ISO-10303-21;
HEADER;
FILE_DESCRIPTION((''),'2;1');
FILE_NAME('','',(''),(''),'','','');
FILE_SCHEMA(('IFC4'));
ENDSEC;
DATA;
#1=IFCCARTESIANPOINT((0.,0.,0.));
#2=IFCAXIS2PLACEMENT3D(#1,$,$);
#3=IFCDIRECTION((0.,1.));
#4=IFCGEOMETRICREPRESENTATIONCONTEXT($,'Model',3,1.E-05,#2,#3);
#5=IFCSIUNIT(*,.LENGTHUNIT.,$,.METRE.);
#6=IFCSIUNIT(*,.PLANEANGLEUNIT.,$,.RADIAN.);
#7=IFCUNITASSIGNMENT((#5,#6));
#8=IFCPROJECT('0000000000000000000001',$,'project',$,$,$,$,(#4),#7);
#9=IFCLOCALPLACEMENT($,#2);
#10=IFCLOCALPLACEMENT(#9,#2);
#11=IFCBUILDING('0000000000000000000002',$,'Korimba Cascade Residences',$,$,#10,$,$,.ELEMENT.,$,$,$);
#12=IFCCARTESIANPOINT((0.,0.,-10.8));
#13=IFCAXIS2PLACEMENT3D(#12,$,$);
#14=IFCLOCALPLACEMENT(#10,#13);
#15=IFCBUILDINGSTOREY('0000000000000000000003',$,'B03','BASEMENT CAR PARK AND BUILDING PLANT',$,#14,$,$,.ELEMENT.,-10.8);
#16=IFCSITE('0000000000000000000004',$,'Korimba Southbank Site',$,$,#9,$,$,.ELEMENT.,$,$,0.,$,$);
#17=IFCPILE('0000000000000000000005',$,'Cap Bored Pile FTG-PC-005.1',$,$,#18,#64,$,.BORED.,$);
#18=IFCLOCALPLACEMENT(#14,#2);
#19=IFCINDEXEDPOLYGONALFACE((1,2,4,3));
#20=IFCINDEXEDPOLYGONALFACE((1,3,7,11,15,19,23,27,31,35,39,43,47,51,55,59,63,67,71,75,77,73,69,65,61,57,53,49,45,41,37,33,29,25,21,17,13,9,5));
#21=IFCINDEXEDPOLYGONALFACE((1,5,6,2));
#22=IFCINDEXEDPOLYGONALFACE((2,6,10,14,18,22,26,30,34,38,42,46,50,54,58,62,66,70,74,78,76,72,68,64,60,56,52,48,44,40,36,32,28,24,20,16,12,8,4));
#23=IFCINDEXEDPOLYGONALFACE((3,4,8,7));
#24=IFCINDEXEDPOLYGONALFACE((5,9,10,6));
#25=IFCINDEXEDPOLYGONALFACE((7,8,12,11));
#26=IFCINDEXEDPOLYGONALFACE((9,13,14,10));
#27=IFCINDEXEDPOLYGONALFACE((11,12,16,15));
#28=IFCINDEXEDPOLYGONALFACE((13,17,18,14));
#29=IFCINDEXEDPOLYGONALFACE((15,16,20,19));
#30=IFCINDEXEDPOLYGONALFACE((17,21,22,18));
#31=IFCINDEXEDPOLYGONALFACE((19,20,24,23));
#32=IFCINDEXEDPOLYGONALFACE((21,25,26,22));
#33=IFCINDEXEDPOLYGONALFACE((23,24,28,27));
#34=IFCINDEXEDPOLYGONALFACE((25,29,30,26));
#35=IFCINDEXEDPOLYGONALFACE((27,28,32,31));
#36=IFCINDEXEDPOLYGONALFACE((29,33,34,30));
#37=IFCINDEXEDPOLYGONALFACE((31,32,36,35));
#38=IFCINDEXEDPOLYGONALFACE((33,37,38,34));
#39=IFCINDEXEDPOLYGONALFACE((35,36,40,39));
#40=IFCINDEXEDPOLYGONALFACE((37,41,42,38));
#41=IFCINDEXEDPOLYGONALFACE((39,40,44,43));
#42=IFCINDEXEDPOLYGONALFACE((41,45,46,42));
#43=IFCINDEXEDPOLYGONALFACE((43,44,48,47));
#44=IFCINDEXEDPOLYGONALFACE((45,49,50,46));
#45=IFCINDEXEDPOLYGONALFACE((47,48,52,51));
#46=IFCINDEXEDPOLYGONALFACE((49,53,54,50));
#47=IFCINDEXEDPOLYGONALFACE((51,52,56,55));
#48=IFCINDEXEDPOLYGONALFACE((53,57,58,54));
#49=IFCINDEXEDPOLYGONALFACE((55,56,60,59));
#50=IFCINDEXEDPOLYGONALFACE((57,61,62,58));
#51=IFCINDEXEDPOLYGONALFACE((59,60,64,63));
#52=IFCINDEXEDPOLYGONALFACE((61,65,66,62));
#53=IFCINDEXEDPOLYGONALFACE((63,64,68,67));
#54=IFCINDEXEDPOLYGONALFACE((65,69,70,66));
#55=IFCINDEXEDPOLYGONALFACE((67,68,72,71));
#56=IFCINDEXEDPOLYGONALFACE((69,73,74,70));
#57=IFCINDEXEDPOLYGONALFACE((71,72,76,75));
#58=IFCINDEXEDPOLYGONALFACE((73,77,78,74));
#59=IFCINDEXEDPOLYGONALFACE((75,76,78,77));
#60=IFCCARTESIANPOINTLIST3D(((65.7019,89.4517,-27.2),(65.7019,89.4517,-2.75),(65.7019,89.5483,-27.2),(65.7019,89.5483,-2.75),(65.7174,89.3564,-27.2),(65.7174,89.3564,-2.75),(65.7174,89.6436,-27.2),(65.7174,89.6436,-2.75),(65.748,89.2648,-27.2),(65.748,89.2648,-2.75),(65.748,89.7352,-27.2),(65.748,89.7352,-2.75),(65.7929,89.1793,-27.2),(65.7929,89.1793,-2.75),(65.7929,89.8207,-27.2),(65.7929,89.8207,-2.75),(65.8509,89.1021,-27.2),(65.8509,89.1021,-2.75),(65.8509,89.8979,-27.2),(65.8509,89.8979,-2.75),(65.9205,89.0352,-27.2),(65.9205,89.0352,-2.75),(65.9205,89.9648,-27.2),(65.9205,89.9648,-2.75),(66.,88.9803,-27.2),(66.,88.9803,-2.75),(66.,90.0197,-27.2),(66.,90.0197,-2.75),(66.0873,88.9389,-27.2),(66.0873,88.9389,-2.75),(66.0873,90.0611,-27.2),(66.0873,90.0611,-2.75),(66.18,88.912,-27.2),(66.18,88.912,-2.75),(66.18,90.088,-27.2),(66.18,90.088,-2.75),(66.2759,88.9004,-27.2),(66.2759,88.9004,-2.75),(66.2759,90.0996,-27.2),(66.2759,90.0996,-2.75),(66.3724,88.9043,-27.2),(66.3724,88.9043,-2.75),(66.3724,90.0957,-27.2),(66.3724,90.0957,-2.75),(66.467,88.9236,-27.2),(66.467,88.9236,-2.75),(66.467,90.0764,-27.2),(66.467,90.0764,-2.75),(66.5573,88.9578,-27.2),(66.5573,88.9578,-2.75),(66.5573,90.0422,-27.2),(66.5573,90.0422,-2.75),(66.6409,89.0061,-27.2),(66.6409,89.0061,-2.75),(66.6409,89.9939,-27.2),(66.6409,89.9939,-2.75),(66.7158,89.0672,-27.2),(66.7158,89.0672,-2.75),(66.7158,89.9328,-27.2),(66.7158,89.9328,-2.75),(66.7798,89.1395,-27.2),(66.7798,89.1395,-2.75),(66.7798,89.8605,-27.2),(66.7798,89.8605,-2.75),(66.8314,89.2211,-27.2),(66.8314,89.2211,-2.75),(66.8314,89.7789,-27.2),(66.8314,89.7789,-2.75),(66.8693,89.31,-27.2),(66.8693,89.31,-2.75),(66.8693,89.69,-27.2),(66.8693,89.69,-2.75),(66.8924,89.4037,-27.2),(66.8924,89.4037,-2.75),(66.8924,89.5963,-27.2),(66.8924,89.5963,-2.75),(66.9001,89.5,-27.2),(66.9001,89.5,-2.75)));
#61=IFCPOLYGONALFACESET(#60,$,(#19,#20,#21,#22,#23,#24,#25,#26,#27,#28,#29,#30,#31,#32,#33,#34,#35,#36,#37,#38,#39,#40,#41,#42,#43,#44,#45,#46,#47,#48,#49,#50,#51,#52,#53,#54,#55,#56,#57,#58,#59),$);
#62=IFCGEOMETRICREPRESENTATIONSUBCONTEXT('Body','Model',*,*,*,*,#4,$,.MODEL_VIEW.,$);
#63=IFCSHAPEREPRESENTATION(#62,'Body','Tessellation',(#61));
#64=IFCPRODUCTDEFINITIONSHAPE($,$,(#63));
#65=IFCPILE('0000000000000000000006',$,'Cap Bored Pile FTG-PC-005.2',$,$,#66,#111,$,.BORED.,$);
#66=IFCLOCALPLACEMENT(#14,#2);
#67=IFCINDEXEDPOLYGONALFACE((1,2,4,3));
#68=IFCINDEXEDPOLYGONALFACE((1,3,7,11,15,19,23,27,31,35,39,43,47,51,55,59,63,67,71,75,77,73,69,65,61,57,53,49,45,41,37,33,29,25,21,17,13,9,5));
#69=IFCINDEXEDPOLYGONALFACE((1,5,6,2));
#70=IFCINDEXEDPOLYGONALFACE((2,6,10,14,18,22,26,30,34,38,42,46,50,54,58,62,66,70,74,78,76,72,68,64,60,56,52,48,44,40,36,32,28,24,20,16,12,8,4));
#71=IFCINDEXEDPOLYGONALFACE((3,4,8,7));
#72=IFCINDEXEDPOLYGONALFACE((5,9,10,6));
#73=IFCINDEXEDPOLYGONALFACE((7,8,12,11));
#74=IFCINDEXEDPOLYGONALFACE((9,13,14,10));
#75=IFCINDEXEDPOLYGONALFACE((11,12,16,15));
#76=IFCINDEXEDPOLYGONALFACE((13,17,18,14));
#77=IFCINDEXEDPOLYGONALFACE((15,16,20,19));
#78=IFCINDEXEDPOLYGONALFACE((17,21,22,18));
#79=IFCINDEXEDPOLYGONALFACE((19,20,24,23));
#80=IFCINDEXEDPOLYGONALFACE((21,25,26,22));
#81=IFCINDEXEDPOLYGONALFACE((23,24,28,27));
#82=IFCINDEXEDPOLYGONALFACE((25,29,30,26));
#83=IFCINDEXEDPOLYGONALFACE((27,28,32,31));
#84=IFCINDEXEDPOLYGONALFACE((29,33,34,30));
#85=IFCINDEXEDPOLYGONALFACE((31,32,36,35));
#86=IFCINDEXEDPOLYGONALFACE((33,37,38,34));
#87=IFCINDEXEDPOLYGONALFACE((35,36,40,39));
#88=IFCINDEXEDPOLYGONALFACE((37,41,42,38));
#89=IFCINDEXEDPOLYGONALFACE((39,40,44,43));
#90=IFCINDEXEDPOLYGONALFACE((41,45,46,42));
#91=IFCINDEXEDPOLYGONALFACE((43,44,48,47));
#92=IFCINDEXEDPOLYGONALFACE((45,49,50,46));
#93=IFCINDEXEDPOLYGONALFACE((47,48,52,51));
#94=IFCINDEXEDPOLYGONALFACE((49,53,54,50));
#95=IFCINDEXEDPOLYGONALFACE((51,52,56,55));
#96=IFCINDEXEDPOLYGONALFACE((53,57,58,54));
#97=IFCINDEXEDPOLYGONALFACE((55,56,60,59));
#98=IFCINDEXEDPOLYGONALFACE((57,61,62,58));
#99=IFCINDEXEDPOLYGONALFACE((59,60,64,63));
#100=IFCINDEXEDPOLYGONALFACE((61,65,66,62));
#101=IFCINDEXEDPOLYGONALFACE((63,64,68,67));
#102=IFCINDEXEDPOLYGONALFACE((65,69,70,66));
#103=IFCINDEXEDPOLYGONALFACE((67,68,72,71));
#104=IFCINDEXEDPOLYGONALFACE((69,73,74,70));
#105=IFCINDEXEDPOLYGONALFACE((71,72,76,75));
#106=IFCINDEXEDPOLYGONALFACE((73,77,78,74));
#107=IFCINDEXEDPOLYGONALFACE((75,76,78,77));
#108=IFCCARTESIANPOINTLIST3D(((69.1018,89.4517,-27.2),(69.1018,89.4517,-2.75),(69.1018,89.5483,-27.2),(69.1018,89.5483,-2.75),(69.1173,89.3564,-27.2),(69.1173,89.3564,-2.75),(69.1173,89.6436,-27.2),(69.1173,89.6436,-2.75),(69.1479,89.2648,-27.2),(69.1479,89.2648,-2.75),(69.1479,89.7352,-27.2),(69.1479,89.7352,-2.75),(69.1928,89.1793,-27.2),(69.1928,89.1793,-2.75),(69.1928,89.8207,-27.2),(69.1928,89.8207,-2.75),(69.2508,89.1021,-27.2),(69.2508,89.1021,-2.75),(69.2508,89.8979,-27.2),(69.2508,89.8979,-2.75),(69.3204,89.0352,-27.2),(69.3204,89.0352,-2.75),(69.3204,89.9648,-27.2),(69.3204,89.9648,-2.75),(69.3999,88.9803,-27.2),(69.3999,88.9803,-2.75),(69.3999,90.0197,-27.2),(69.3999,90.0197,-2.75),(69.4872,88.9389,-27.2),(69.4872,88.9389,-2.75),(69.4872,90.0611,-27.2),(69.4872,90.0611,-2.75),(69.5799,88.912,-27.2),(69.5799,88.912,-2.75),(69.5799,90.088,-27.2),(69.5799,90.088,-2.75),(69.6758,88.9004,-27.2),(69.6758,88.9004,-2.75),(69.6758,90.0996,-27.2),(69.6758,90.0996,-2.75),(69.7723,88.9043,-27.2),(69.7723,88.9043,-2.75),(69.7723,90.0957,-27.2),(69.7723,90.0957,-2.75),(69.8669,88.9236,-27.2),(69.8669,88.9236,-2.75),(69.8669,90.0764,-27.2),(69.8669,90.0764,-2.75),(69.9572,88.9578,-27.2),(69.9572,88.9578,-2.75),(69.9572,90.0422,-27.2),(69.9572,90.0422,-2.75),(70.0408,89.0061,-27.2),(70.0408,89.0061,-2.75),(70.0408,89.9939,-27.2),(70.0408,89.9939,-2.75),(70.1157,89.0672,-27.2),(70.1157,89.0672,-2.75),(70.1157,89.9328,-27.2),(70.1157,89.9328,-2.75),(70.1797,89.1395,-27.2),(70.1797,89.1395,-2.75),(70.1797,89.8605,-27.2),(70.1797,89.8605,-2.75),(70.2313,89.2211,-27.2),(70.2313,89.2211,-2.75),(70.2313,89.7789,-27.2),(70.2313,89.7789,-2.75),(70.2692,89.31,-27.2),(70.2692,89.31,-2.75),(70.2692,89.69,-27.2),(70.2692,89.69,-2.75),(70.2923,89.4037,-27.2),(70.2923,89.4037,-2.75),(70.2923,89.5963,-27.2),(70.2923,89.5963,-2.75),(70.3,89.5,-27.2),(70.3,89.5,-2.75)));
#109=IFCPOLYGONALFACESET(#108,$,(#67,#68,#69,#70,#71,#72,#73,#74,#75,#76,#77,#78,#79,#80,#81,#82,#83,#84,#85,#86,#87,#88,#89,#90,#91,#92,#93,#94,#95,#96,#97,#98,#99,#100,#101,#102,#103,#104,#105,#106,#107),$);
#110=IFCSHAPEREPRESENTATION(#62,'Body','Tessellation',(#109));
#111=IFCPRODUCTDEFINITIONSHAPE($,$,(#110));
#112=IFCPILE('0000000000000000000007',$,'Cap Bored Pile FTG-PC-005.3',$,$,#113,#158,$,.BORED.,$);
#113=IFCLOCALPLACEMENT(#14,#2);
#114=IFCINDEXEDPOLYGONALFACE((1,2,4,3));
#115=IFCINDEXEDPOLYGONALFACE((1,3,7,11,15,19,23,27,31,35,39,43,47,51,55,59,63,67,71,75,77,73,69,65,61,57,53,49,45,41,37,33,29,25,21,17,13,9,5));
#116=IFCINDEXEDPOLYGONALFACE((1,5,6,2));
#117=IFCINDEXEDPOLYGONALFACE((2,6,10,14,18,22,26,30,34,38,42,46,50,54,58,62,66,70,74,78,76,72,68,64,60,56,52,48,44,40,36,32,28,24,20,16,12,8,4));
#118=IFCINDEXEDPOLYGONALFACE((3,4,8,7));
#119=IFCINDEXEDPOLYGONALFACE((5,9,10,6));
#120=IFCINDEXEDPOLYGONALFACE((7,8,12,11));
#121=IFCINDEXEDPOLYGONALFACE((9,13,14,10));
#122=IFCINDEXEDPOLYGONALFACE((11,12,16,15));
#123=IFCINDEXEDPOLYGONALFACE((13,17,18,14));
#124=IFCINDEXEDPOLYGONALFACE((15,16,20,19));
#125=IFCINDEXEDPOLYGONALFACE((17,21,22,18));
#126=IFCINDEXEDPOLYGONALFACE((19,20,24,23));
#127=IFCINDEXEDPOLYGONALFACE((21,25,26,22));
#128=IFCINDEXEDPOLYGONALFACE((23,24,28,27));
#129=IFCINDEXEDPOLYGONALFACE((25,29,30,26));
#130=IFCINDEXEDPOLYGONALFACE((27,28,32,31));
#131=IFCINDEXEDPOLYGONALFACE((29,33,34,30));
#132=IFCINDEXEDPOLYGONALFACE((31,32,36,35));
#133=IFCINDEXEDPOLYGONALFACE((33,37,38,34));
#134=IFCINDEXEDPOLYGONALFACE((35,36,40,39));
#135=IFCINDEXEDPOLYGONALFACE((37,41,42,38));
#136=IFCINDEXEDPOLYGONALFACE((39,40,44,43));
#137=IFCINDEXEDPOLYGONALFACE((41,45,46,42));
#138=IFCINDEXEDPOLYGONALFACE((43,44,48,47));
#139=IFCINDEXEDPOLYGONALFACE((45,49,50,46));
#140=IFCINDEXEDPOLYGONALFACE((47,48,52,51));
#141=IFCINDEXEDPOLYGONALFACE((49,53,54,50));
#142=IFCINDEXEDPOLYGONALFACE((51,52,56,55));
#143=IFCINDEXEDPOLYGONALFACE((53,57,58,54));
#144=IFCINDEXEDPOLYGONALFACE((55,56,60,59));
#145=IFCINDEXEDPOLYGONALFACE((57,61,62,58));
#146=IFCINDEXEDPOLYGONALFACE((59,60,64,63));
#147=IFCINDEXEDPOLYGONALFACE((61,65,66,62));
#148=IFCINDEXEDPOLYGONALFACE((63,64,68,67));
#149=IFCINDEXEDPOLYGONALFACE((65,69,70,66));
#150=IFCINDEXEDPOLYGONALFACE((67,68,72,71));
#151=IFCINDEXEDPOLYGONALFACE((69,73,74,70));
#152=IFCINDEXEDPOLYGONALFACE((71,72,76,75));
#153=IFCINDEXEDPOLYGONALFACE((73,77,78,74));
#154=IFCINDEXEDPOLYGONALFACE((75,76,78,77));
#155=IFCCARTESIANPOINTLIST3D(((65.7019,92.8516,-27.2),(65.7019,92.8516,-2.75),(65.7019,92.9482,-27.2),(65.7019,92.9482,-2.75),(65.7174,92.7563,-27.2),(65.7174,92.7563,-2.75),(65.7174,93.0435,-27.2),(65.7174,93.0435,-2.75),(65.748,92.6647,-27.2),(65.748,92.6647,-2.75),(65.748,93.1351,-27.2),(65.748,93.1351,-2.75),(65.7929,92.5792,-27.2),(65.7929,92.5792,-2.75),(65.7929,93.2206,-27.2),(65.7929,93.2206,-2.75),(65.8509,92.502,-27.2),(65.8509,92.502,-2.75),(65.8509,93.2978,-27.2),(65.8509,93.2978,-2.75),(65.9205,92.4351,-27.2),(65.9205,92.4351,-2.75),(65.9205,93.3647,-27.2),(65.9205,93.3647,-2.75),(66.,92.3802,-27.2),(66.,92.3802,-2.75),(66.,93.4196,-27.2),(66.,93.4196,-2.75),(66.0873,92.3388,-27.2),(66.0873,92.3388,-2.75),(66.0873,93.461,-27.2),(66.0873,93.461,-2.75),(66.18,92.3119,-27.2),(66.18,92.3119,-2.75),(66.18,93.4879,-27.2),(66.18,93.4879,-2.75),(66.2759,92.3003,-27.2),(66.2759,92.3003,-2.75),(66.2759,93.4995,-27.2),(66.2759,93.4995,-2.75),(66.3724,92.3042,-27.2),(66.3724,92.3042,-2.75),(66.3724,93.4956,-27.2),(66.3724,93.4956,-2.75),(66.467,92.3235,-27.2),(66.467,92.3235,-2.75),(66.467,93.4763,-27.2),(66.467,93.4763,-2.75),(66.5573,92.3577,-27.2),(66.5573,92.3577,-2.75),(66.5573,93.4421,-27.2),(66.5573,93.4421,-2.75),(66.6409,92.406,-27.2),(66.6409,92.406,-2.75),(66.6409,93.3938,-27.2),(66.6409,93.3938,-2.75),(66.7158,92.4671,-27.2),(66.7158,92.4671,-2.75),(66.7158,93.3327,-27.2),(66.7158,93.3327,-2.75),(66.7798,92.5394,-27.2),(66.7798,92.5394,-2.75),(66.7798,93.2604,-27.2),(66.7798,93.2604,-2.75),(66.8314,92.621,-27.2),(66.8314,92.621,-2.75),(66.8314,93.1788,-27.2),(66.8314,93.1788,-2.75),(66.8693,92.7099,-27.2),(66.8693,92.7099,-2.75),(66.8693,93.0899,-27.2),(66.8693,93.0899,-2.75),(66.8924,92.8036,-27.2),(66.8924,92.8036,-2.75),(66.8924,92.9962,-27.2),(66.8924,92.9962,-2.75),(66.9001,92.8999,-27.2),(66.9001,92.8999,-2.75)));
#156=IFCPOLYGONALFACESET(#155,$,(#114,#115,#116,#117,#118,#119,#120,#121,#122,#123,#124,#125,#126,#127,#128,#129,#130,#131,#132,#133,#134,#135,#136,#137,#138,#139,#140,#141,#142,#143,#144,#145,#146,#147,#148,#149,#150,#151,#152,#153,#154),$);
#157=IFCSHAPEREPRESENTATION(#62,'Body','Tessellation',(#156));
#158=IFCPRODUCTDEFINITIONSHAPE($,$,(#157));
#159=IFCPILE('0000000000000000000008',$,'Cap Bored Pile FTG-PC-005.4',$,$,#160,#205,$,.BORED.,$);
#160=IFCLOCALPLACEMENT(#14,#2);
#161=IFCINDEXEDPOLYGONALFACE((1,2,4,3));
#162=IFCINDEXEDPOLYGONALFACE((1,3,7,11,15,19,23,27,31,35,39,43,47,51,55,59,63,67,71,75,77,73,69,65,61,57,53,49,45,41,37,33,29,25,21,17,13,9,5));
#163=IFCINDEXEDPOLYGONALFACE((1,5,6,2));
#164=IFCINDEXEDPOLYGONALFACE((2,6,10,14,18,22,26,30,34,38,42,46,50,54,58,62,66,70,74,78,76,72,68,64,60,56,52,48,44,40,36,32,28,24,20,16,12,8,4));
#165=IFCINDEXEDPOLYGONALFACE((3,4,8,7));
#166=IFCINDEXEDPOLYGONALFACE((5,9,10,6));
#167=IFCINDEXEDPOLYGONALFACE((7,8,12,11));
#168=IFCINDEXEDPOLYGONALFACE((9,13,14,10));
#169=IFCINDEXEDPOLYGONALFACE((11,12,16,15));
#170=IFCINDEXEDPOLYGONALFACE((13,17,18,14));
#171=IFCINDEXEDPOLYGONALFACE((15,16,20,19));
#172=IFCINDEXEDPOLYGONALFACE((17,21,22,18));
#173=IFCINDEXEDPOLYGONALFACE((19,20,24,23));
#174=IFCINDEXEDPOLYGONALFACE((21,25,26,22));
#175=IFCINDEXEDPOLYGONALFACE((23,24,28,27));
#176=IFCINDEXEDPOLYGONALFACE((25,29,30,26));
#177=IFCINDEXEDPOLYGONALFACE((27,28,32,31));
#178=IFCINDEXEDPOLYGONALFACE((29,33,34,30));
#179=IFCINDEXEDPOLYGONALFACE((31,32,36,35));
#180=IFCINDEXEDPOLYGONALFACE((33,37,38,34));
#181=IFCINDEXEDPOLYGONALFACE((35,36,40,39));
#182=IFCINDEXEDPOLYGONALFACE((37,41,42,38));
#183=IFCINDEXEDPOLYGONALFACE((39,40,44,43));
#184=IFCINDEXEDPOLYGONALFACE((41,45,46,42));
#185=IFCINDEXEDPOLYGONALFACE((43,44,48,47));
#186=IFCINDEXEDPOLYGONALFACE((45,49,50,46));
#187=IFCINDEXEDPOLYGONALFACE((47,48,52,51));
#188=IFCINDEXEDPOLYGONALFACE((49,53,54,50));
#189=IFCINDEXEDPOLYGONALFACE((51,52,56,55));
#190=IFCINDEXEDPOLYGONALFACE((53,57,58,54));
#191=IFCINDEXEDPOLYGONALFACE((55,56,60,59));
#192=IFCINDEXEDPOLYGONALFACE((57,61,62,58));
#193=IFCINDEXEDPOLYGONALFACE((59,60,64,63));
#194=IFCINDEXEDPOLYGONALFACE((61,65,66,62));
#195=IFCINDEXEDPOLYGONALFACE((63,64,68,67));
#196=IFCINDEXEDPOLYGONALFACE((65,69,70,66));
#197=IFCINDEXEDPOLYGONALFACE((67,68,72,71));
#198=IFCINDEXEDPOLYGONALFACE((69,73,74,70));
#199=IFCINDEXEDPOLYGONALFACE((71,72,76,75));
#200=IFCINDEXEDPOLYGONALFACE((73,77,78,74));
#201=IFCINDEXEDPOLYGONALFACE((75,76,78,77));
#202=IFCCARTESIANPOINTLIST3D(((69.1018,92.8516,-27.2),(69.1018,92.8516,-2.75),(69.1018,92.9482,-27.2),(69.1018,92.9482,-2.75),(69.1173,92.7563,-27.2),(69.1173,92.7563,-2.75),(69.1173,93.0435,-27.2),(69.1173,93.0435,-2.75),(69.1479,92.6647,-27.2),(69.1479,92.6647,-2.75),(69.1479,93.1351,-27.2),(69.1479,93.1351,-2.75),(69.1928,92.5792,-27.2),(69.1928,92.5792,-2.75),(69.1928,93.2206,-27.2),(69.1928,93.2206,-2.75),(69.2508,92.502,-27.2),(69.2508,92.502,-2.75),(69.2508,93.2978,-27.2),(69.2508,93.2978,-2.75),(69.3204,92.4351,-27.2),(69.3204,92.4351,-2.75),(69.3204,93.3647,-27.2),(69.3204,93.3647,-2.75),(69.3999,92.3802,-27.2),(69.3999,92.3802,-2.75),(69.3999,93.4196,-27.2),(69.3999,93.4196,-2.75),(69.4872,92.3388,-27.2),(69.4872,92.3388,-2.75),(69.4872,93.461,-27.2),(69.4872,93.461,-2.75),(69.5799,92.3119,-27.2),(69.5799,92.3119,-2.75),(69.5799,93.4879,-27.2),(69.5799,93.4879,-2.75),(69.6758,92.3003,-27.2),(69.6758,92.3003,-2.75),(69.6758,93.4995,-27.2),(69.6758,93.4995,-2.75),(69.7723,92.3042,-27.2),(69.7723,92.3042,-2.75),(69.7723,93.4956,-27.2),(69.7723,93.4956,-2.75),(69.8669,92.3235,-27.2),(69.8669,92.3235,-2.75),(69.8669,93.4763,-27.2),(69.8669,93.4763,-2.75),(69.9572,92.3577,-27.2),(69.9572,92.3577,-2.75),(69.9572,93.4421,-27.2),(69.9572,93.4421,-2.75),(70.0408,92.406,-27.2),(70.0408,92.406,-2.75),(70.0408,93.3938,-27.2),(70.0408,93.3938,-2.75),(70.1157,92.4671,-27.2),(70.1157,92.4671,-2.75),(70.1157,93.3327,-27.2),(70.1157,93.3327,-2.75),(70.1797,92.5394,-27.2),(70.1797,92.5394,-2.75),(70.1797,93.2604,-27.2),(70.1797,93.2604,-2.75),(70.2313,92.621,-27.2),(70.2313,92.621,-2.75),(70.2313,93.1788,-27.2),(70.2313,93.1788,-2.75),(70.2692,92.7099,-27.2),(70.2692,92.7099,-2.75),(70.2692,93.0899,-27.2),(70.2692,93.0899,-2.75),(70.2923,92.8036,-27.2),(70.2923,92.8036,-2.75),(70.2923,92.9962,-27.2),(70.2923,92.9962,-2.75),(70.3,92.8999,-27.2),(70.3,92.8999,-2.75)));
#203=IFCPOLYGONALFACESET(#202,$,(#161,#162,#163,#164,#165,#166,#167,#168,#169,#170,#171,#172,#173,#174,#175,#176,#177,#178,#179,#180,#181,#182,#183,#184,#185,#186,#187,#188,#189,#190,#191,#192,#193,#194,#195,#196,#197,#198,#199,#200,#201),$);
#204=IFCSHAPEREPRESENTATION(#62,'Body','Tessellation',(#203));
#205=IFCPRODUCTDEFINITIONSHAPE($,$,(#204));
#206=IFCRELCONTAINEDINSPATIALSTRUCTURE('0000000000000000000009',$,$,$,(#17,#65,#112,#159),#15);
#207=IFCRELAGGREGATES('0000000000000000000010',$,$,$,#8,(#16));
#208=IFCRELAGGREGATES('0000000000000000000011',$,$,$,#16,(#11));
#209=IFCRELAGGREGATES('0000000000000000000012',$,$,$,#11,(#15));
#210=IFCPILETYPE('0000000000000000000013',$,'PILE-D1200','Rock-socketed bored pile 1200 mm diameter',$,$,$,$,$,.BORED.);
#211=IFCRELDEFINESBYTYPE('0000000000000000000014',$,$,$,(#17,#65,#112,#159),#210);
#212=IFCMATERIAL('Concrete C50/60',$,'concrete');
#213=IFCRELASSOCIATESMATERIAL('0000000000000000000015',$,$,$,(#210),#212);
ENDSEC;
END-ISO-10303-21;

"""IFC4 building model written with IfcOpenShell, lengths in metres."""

from ifc_helpers import new_model, si_unit, direction, frame, origin, origin_2d, place, context, subcontext, project, spatial, circle, extrude, material, material_profile, profile_set, type_object, element, save


model = new_model("IFC4")

# Units and contexts
model_context = context("Model", 3, precision=1e-05, world=origin(), true_north=direction((0.0, 1.0)))
body_context = subcontext(model_context, "Body", "Model", "MODEL_VIEW")
ifc_project = project(units=[si_unit("LENGTHUNIT", "METRE"), si_unit("PLANEANGLEUNIT", "RADIAN")], contexts=[model_context])

# Site, building, storey
site_placement = place(None, origin())
site = spatial("IfcSite", under=ifc_project, at=site_placement, Name="Korimba Southbank Site", CompositionType="ELEMENT", RefElevation=0.0)
building_placement = place(site_placement, origin())
building = spatial("IfcBuilding", under=site, at=building_placement, Name="Korimba Cascade Residences", CompositionType="ELEMENT")
storey_placement = place(building_placement, frame((0.0, 0.0, -10.8)))
storey = spatial("IfcBuildingStorey", under=building, at=storey_placement, Name="B03", Description="BASEMENT CAR PARK AND BUILDING PLANT", CompositionType="ELEMENT", Elevation=-10.8)

# Piles
ifc_material_1 = material(Name="Concrete C50/60", Category="concrete")
ifc_material_profile_1 = material_profile(ifc_material_1, circle(Radius=0.6001, at=origin_2d()), Name="Concrete C50/60")
ifc_profile_set_1 = profile_set([ifc_material_profile_1], Name="Concrete C50/60")
pile_type = type_object("IfcPileType", Name="PILE-D1200", Description="Rock-socketed bored pile 1200 mm diameter", PredefinedType="BORED", material=ifc_profile_set_1)
for number, where, z_axis, x_axis, name in (
    (1, (66.3, 89.5, -2.75), (0.0, 0.0, -1.0), (1.0, 0.0, 0.0), "Cap Bored Pile FTG-PC-005.1"),
    (2, (69.7, 89.5, -2.75), (0.0, 0.0, -1.0), (1.0, 0.0, 0.0), "Cap Bored Pile FTG-PC-005.2"),
    (3, (66.3, 92.8999, -2.75), (0.0, 0.0, -1.0), (1.0, 0.0, 0.0), "Cap Bored Pile FTG-PC-005.3"),
    (4, (69.7, 92.8999, -2.75), (0.0, 0.0, -1.0), (1.0, 0.0, 0.0), "Cap Bored Pile FTG-PC-005.4"),
):
    element("IfcPile", number, at=place(storey_placement, frame(where, z_axis=z_axis, x_axis=x_axis)), inside=storey, type_object=pile_type, Name=name, PredefinedType="BORED", context=body_context, shape_type="SweptSolid", body=[
        extrude(circle(Radius=0.6001, at=origin_2d()), origin(), (0.0, 0.0, 1.0), 24.45),
    ])

save(model, "model.ifc")
